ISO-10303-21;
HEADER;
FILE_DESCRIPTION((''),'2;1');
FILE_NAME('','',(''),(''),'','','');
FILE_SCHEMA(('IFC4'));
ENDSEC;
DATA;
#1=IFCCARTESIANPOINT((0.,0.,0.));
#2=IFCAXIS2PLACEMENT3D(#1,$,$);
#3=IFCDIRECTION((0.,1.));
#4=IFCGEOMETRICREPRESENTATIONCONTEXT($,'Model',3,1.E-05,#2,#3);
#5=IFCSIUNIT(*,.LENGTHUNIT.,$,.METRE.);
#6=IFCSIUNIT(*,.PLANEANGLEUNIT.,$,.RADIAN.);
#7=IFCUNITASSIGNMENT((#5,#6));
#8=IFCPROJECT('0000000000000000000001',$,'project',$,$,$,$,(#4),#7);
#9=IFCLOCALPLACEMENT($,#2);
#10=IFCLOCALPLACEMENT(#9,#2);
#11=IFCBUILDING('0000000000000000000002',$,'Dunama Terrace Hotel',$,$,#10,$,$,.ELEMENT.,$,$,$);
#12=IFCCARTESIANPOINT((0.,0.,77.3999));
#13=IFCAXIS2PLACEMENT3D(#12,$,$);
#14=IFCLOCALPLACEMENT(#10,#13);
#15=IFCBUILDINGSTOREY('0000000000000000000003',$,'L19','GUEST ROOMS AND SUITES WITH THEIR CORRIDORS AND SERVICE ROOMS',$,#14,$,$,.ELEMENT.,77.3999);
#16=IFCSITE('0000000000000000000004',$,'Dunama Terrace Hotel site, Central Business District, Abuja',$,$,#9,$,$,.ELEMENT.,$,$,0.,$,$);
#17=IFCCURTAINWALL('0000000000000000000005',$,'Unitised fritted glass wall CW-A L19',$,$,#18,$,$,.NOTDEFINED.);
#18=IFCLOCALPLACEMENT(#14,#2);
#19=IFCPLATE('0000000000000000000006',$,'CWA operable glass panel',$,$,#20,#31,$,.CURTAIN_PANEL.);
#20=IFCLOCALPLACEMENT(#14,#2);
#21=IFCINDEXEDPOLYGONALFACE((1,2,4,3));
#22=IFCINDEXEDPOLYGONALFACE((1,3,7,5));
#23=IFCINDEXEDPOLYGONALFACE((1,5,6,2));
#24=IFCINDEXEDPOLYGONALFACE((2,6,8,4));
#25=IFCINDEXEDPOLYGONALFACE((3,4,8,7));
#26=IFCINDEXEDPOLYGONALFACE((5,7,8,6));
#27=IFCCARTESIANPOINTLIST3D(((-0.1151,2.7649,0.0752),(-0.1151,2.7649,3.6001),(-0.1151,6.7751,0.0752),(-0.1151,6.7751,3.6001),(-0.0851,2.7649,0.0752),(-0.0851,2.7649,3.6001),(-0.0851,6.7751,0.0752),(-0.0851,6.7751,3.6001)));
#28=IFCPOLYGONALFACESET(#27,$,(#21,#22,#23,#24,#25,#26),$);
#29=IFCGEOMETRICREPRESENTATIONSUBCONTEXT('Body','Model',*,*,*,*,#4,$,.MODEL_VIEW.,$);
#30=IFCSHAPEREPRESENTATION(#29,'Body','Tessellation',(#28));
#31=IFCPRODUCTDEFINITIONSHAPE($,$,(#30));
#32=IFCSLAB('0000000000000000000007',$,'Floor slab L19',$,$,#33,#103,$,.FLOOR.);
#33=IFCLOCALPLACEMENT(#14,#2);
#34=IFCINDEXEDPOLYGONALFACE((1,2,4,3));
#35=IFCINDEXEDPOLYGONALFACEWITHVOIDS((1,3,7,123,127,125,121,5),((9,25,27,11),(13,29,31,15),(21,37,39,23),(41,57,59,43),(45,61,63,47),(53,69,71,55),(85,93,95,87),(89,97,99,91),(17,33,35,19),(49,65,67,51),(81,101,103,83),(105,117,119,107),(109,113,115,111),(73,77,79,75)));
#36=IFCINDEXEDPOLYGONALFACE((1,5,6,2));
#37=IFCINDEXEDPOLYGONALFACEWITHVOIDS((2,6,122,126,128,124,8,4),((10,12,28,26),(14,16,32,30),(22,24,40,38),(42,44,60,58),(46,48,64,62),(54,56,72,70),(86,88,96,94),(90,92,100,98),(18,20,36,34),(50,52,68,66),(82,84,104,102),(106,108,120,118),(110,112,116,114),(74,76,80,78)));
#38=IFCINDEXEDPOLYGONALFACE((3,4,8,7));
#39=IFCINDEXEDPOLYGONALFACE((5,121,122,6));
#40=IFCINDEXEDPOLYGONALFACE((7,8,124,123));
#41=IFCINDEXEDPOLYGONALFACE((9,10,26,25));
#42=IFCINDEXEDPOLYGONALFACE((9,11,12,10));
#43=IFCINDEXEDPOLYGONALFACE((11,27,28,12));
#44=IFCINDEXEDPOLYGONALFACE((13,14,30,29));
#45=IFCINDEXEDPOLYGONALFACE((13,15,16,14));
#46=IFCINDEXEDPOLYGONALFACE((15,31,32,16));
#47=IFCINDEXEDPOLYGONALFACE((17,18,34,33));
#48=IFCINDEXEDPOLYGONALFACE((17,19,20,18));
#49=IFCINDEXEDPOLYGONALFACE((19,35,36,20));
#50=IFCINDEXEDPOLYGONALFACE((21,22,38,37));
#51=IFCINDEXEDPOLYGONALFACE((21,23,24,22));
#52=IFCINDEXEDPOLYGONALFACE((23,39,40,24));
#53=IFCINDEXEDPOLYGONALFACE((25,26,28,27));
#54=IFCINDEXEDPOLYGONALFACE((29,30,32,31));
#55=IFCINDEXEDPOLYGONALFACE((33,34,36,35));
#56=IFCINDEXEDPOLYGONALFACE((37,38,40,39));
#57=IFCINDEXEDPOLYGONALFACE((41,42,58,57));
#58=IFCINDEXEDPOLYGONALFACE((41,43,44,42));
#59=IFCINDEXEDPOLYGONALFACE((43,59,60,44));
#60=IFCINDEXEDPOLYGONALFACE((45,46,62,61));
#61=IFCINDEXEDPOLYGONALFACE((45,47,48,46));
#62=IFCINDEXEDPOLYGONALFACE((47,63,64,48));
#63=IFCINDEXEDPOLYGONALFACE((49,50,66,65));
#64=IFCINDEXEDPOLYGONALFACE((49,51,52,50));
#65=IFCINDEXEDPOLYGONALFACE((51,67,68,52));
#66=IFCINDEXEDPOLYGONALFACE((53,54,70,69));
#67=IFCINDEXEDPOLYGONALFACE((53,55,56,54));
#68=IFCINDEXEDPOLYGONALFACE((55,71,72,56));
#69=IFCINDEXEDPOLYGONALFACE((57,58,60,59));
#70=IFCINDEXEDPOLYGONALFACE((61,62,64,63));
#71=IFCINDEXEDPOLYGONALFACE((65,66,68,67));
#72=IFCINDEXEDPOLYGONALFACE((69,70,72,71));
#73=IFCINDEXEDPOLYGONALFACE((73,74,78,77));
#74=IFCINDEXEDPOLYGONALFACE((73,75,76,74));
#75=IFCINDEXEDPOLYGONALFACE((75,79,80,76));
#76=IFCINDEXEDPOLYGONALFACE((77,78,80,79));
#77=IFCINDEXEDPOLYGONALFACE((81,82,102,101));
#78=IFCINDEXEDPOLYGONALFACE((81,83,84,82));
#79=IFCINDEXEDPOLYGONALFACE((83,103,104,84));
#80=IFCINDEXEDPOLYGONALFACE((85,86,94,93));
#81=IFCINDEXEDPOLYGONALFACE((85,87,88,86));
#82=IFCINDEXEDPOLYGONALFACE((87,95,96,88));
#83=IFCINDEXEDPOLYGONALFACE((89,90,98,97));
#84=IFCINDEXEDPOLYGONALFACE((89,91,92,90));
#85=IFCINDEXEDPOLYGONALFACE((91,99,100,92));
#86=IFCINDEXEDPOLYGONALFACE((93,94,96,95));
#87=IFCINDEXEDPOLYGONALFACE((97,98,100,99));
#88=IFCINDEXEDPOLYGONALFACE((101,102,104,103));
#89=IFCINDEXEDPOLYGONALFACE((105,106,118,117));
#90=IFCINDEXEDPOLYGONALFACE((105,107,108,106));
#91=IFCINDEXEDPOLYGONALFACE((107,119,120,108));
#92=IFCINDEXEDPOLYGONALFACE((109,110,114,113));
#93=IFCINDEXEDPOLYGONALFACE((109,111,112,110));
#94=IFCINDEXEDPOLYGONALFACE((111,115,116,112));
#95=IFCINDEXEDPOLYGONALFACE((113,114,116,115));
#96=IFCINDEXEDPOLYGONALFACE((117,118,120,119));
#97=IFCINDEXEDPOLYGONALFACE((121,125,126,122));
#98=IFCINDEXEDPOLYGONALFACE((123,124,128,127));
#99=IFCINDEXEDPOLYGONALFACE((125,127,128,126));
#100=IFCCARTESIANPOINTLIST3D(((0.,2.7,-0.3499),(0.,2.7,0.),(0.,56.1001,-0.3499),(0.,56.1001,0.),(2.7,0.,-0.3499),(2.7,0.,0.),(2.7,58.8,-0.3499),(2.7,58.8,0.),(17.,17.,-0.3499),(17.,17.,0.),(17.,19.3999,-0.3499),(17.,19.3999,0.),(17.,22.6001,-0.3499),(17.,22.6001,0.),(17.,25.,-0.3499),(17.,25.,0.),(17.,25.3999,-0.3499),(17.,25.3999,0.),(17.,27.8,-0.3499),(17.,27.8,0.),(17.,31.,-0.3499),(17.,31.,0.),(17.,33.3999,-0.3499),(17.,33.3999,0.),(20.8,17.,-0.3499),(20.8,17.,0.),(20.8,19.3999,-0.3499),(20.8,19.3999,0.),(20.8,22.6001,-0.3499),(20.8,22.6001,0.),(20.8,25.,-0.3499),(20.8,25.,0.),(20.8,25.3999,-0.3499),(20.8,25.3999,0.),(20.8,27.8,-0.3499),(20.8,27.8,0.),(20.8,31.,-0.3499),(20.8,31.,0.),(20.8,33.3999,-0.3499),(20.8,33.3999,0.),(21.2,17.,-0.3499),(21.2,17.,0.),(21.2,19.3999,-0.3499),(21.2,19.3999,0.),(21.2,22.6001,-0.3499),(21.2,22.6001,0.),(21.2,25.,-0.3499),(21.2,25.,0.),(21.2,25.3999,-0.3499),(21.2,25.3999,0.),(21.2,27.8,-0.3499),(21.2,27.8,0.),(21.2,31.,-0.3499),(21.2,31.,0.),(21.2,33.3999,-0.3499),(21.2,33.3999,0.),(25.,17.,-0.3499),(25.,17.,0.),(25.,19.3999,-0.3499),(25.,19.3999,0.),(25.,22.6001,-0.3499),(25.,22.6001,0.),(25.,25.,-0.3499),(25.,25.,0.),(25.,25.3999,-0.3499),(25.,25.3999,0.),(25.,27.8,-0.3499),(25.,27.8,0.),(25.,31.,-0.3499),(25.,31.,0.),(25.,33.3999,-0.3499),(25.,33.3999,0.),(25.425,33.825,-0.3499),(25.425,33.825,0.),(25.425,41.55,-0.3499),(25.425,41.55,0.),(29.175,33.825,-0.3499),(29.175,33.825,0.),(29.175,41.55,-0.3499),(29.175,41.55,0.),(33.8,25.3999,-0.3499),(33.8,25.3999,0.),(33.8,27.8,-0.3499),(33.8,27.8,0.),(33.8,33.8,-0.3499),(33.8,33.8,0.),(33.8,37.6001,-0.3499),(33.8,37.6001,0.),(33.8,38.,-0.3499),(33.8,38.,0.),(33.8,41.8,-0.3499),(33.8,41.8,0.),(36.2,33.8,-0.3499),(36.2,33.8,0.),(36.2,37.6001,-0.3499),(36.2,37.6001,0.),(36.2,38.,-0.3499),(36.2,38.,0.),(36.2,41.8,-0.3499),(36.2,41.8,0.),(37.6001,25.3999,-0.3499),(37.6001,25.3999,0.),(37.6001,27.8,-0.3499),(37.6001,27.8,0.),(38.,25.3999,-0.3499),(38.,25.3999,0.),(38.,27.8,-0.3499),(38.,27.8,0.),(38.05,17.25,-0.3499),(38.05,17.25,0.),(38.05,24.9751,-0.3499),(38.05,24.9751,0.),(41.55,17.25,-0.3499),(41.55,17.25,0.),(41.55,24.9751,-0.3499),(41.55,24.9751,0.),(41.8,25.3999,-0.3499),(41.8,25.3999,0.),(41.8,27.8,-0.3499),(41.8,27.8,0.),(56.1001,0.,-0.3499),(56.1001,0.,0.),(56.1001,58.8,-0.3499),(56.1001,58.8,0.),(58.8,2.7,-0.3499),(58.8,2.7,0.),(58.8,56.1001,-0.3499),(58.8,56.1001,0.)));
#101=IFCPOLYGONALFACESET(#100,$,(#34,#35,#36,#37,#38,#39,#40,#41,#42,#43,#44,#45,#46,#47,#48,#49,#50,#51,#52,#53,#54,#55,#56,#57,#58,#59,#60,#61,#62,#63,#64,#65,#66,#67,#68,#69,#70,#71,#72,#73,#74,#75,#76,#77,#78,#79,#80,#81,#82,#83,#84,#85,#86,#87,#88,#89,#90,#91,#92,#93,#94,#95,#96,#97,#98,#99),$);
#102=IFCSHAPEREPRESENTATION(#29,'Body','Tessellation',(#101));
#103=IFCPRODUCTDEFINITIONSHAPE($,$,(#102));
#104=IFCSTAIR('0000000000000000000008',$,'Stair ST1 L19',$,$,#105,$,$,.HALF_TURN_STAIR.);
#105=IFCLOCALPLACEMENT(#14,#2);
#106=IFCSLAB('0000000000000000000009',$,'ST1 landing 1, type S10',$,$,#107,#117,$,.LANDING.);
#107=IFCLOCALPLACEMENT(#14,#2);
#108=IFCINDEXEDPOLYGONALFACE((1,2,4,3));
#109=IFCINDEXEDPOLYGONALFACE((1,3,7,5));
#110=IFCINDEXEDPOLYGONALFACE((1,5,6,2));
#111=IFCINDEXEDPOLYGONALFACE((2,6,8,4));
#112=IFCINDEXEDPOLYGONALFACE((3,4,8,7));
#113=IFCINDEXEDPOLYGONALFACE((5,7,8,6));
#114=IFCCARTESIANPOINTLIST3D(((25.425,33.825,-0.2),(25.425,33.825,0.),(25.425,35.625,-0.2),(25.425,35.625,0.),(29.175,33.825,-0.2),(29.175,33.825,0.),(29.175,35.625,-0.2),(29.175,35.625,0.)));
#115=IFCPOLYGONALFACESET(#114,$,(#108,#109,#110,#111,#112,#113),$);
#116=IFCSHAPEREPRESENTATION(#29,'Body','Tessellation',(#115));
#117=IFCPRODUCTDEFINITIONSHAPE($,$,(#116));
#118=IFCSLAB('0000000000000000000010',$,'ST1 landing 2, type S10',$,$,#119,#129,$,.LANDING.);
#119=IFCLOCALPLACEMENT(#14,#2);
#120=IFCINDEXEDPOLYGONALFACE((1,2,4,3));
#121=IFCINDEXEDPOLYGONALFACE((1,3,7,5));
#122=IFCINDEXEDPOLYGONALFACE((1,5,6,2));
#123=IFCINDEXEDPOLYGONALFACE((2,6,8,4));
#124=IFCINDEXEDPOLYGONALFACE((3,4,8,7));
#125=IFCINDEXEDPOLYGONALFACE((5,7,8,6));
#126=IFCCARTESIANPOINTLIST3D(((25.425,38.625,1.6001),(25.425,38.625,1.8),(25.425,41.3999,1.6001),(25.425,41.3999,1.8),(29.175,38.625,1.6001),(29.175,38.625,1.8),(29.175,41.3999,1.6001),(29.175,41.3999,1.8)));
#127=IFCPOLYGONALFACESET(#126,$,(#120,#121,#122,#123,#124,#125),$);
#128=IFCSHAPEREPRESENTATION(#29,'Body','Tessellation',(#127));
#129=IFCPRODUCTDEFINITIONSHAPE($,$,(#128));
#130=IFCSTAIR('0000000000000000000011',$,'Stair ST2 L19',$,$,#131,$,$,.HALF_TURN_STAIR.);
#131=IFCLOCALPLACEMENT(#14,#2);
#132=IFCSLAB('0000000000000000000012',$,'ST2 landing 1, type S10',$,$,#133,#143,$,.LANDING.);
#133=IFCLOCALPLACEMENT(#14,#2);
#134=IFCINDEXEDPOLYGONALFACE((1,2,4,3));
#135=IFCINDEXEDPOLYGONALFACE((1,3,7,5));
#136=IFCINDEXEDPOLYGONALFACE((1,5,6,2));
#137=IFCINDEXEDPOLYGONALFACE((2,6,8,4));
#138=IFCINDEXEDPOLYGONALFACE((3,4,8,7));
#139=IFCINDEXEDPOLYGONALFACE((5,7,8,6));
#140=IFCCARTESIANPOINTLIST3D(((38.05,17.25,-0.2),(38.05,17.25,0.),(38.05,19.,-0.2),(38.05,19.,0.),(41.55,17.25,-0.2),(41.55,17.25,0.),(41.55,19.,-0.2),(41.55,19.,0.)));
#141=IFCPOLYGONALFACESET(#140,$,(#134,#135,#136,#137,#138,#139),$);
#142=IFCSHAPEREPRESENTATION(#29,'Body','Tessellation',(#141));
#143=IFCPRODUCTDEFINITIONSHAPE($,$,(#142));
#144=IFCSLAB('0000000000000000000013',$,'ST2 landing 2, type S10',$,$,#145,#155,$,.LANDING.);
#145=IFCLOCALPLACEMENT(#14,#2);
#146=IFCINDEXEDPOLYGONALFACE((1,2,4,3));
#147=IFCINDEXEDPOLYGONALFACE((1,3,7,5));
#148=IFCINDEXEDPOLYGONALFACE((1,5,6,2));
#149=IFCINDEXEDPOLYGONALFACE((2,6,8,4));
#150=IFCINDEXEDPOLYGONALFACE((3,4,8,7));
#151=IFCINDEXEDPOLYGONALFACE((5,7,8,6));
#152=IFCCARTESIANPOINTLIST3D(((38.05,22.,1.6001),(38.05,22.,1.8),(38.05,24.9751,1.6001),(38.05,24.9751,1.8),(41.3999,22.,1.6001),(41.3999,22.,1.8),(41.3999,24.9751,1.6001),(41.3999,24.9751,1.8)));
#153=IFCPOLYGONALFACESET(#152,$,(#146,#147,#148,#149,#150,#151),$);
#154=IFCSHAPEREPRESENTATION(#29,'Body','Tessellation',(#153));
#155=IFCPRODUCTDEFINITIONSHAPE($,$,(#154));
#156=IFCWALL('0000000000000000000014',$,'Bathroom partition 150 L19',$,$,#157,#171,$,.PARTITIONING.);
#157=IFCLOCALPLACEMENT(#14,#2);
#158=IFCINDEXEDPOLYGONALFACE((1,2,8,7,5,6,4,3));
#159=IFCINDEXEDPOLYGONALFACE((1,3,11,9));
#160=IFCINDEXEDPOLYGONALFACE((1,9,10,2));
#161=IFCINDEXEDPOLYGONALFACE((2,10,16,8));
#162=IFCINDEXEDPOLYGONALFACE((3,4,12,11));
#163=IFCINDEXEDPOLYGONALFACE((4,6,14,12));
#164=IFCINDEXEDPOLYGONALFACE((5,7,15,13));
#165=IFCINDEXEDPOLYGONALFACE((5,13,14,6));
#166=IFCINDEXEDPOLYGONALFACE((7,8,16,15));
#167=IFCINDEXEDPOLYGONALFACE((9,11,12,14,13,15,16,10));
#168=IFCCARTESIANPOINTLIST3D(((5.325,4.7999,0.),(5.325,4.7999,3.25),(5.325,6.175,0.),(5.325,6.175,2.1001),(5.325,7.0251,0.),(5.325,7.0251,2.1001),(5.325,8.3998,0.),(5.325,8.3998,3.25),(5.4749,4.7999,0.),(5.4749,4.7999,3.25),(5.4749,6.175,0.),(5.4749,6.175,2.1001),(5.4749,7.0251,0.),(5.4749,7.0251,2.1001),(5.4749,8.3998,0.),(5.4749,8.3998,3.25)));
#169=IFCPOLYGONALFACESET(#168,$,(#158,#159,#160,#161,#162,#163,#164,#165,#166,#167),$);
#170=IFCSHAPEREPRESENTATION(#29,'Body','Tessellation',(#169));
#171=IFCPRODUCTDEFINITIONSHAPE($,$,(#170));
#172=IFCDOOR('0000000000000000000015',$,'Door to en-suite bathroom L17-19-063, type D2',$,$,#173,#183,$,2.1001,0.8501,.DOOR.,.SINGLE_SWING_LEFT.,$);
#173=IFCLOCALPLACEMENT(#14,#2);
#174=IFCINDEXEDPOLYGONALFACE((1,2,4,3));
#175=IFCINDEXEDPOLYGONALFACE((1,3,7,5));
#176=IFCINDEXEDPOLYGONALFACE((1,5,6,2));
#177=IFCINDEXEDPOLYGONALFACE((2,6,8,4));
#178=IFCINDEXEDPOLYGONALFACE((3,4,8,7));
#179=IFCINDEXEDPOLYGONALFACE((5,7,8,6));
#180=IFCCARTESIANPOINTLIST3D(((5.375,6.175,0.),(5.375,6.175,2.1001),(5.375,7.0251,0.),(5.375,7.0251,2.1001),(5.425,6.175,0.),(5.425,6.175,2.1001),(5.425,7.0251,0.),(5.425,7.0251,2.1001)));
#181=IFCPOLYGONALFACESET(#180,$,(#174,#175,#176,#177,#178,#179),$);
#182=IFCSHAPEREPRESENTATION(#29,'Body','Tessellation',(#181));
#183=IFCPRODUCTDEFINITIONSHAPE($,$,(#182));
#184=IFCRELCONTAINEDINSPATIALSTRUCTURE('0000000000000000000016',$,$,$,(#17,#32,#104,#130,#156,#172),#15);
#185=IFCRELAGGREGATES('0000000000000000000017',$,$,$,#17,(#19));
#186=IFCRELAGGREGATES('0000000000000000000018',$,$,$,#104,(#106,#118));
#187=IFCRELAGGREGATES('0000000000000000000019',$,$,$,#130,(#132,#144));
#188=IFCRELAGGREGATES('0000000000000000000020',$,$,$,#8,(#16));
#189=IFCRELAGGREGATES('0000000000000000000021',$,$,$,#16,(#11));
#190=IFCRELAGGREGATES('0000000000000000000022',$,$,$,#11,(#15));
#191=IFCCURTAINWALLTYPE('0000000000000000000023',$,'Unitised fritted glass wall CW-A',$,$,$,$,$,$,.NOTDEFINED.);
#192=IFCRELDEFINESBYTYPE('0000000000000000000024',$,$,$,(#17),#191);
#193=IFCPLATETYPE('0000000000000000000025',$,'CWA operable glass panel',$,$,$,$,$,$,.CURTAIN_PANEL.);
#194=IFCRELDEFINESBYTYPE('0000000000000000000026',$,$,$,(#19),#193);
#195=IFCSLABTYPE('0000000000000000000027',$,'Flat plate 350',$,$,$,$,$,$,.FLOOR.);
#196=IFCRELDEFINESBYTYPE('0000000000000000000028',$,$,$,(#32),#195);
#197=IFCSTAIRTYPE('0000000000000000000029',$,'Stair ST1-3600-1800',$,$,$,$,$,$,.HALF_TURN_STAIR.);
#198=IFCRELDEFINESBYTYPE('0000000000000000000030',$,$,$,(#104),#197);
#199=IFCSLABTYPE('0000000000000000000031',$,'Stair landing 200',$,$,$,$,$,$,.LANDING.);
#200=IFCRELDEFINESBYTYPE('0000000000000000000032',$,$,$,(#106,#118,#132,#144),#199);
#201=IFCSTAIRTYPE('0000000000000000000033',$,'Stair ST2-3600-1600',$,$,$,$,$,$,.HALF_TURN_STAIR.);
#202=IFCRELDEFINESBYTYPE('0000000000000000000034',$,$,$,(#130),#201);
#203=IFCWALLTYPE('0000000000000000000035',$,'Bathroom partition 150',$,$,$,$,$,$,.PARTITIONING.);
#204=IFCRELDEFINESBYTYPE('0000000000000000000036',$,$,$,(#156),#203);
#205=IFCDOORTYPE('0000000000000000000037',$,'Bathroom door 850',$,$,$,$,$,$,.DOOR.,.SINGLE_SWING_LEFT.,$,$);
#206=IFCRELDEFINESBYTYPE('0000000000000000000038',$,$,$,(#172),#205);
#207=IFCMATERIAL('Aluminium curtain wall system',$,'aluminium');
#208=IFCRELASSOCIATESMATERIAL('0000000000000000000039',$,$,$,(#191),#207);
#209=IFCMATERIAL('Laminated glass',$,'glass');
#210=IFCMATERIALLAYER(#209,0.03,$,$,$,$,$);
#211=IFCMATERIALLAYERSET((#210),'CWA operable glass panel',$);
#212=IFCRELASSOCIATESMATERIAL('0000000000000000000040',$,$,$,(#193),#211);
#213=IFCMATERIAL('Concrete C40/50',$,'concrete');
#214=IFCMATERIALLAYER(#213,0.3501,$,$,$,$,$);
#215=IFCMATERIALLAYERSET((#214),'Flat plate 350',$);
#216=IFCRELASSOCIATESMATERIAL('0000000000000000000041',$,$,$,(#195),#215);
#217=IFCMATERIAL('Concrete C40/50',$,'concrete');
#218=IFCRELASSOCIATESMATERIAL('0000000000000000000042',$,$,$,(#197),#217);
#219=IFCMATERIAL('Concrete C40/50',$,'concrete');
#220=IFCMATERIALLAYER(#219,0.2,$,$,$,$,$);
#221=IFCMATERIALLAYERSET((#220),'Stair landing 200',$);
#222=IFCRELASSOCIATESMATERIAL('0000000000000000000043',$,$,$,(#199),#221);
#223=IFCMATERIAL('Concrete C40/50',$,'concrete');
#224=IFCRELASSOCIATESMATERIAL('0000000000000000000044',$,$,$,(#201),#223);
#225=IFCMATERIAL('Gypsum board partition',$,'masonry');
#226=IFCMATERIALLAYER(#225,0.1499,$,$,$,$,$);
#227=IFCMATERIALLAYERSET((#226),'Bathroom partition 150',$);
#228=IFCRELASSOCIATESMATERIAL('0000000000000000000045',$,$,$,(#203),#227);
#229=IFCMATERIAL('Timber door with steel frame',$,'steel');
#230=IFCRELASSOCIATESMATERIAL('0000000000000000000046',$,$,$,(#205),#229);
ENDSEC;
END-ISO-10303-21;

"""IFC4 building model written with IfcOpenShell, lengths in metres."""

from ifc_helpers import new_model, si_unit, direction, frame, frame_2d, origin, origin_2d, place, context, subcontext, project, spatial, polyline, rectangle, outline, extrude, material, layer, layer_set, type_object, element, fill, aggregate, save


model = new_model("IFC4")

# Units and contexts
model_context = context("Model", 3, precision=1e-05, world=origin(), true_north=direction((0.0, 1.0)))
body_context = subcontext(model_context, "Body", "Model", "MODEL_VIEW")
ifc_project = project(units=[si_unit("LENGTHUNIT", "METRE"), si_unit("PLANEANGLEUNIT", "RADIAN")], contexts=[model_context])

# Site, building, storey
site_placement = place(None, origin())
site = spatial("IfcSite", under=ifc_project, at=site_placement, Name="Dunama Terrace Hotel site, Central Business District, Abuja", CompositionType="ELEMENT", RefElevation=0.0)
building_placement = place(site_placement, origin())
building = spatial("IfcBuilding", under=site, at=building_placement, Name="Dunama Terrace Hotel", CompositionType="ELEMENT")
storey_placement = place(building_placement, frame((0.0, 0.0, 77.3999)))
storey = spatial("IfcBuildingStorey", under=building, at=storey_placement, Name="L19", Description="GUEST ROOMS AND SUITES WITH THEIR CORRIDORS AND SERVICE ROOMS", CompositionType="ELEMENT", Elevation=77.3999)

# Curtain wall
ifc_material_1 = material(Name="Aluminium curtain wall system", Category="aluminium")
curtain_wall_type = type_object("IfcCurtainWallType", Name="Unitised fritted glass wall CW-A", PredefinedType="NOTDEFINED", material=ifc_material_1)
curtain_wall_1_placement = place(storey_placement, origin())
curtain_wall_1 = element("IfcCurtainWall", 1, at=curtain_wall_1_placement, inside=storey, type_object=curtain_wall_type, Name="Unitised fritted glass wall CW-A L19", PredefinedType="NOTDEFINED")

# Plate
ifc_material_2 = material(Name="Laminated glass", Category="glass")
ifc_layer_1 = layer(ifc_material_2, 0.03)
ifc_layer_set_1 = layer_set([ifc_layer_1], Name="CWA operable glass panel")
plate_type_1 = type_object("IfcPlateType", Name="CWA operable glass panel", PredefinedType="CURTAIN_PANEL", material=ifc_layer_set_1)
plate_1_placement = place(storey_placement, frame((-0.1001, 4.77, 0.0752), z_axis=(0.0, 0.0, 1.0), x_axis=(0.0, -1.0, 0.0)))
plate_1 = element("IfcPlate", 2, at=plate_1_placement, type_object=plate_type_1, Name="CWA operable glass panel", PredefinedType="CURTAIN_PANEL", context=body_context, shape_type="SweptSolid", body=[
    extrude(rectangle(XDim=4.0103, YDim=0.03, at=origin_2d()), origin(), (0.0, 0.0, 1.0), 3.5249),
])
aggregate(curtain_wall_1, [plate_1])

# Slab
ifc_material_3 = material(Name="Concrete C40/50", Category="concrete")
ifc_layer_2 = layer(ifc_material_3, 0.3501)
ifc_layer_set_2 = layer_set([ifc_layer_2], Name="Flat plate 350")
slab_type_1 = type_object("IfcSlabType", Name="Flat plate 350", PredefinedType="FLOOR", material=ifc_layer_set_2)
slab_1_placement = place(storey_placement, frame((0.0, 0.0, -0.3499)))
element("IfcSlab", 3, at=slab_1_placement, inside=storey, type_object=slab_type_1, Name="Floor slab L19", PredefinedType="FLOOR", context=body_context, shape_type="SweptSolid", body=[
    extrude(outline(polyline([(2.7, 0.0), (56.1001, 0.0), (58.8, 2.7), (58.8, 56.1001), (56.1001, 58.8), (2.7, 58.8), (0.0, 56.1001), (0.0, 2.7), (2.7, 0.0)]), holes=[polyline([(20.8, 25.3999), (20.8, 27.8), (17.0, 27.8), (17.0, 25.3999), (20.8, 25.3999)]), polyline([(25.0, 25.3999), (25.0, 27.8), (21.2, 27.8), (21.2, 25.3999), (25.0, 25.3999)]), polyline([(20.8, 31.0), (20.8, 33.3999), (17.0, 33.3999), (17.0, 31.0), (20.8, 31.0)]), polyline([(25.0, 31.0), (25.0, 33.3999), (21.2, 33.3999), (21.2, 31.0), (25.0, 31.0)]), polyline([(37.6001, 25.3999), (37.6001, 27.8), (33.8, 27.8), (33.8, 25.3999), (37.6001, 25.3999)]), polyline([(41.8, 25.3999), (41.8, 27.8), (38.0, 27.8), (38.0, 25.3999), (41.8, 25.3999)]), polyline([(20.8, 17.0), (20.8, 19.3999), (17.0, 19.3999), (17.0, 17.0), (20.8, 17.0)]), polyline([(25.0, 17.0), (25.0, 19.3999), (21.2, 19.3999), (21.2, 17.0), (25.0, 17.0)]), polyline([(20.8, 22.6001), (20.8, 25.0), (17.0, 25.0), (17.0, 22.6001), (20.8, 22.6001)]), polyline([(25.0, 22.6001), (25.0, 25.0), (21.2, 25.0), (21.2, 22.6001), (25.0, 22.6001)]), polyline([(36.2, 38.0), (36.2, 41.8), (33.8, 41.8), (33.8, 38.0), (36.2, 38.0)]), polyline([(36.2, 33.8), (36.2, 37.6001), (33.8, 37.6001), (33.8, 33.8), (36.2, 33.8)]), polyline([(29.175, 33.825), (29.175, 41.55), (25.425, 41.55), (25.425, 33.825), (29.175, 33.825)]), polyline([(41.55, 17.25), (41.55, 24.9751), (38.05, 24.9751), (38.05, 17.25), (41.55, 17.25)])]), origin(), (0.0, 0.0, 1.0), 0.3499),
])

# Stairs, slabs
ifc_material_4 = material(Name="Concrete C40/50", Category="concrete")
stair_type_1 = type_object("IfcStairType", Name="Stair ST1-3600-1800", PredefinedType="HALF_TURN_STAIR", material=ifc_material_4)
stair_1_placement = place(storey_placement, origin())
stair_1 = element("IfcStair", 4, at=stair_1_placement, inside=storey, type_object=stair_type_1, Name="Stair ST1 L19", PredefinedType="HALF_TURN_STAIR")
ifc_material_5 = material(Name="Concrete C40/50", Category="concrete")
ifc_layer_3 = layer(ifc_material_5, 0.2)
ifc_layer_set_3 = layer_set([ifc_layer_3], Name="Stair landing 200")
slab_type_2 = type_object("IfcSlabType", Name="Stair landing 200", PredefinedType="LANDING", material=ifc_layer_set_3)
slab_2_placement = place(storey_placement, frame((0.0, 0.0, -0.2)))
slab_2 = element("IfcSlab", 5, at=slab_2_placement, type_object=slab_type_2, Name="ST1 landing 1, type S10", PredefinedType="LANDING", context=body_context, shape_type="SweptSolid", body=[
    extrude(outline(polyline([(25.425, 33.825), (29.175, 33.825), (29.175, 35.625), (25.425, 35.625), (25.425, 33.825)])), origin(), (0.0, 0.0, 1.0), 0.2),
])
slab_3_placement = place(storey_placement, frame((0.0, 0.0, 1.6001)))
slab_3 = element("IfcSlab", 6, at=slab_3_placement, type_object=slab_type_2, Name="ST1 landing 2, type S10", PredefinedType="LANDING", context=body_context, shape_type="SweptSolid", body=[
    extrude(outline(polyline([(25.425, 38.625), (29.175, 38.625), (29.175, 41.3999), (25.425, 41.3999), (25.425, 38.625)])), origin(), (0.0, 0.0, 1.0), 0.2),
])
aggregate(stair_1, [slab_2, slab_3])
ifc_material_6 = material(Name="Concrete C40/50", Category="concrete")
stair_type_2 = type_object("IfcStairType", Name="Stair ST2-3600-1600", PredefinedType="HALF_TURN_STAIR", material=ifc_material_6)
stair_2_placement = place(storey_placement, origin())
stair_2 = element("IfcStair", 7, at=stair_2_placement, inside=storey, type_object=stair_type_2, Name="Stair ST2 L19", PredefinedType="HALF_TURN_STAIR")
slab_4_placement = place(storey_placement, frame((0.0, 0.0, -0.2)))
slab_4 = element("IfcSlab", 8, at=slab_4_placement, type_object=slab_type_2, Name="ST2 landing 1, type S10", PredefinedType="LANDING", context=body_context, shape_type="SweptSolid", body=[
    extrude(outline(polyline([(38.05, 17.25), (41.55, 17.25), (41.55, 19.0), (38.05, 19.0), (38.05, 17.25)])), origin(), (0.0, 0.0, 1.0), 0.2),
])
slab_5_placement = place(storey_placement, frame((0.0, 0.0, 1.6001)))
slab_5 = element("IfcSlab", 9, at=slab_5_placement, type_object=slab_type_2, Name="ST2 landing 2, type S10", PredefinedType="LANDING", context=body_context, shape_type="SweptSolid", body=[
    extrude(outline(polyline([(38.05, 22.0), (41.3999, 22.0), (41.3999, 24.9751), (38.05, 24.9751), (38.05, 22.0)])), origin(), (0.0, 0.0, 1.0), 0.2),
])
aggregate(stair_2, [slab_4, slab_5])

# Wall, opening, door
ifc_material_7 = material(Name="Gypsum board partition", Category="masonry")
ifc_layer_4 = layer(ifc_material_7, 0.1499)
ifc_layer_set_4 = layer_set([ifc_layer_4], Name="Bathroom partition 150")
wall_type_1 = type_object("IfcWallType", Name="Bathroom partition 150", PredefinedType="PARTITIONING", material=ifc_layer_set_4)
wall_1_placement = place(storey_placement, frame((5.3999, 4.8, 0.0), z_axis=(0.0, 0.0, 1.0), x_axis=(0.0, 1.0, 0.0)))
wall_1 = element("IfcWall", 10, at=wall_1_placement, inside=storey, type_object=wall_type_1, Name="Bathroom partition 150 L19", PredefinedType="PARTITIONING", context=body_context, shape_type="SweptSolid", body=[
    extrude(rectangle(XDim=3.5999, YDim=0.1499, at=frame_2d((1.7998, 0.0))), origin(), (0.0, 0.0, 1.0), 3.25),
])
opening_1_placement = place(wall_1_placement, frame((1.375, 0.0, 0.0)))
opening_1 = element("IfcOpeningElement", 11, at=opening_1_placement, cuts=wall_1, PredefinedType="OPENING", context=body_context, shape_type="SweptSolid", body=[
    extrude(rectangle(XDim=0.8501, YDim=2.1001, at=frame_2d((0.425, 1.05))), frame((0.0, 0.085, 0.0), z_axis=(0.0, -1.0, 0.0), x_axis=(1.0, 0.0, 0.0)), (0.0, 0.0, 1.0), 0.1699),
])
ifc_material_8 = material(Name="Timber door with steel frame", Category="steel")
door_type_1 = type_object("IfcDoorType", Name="Bathroom door 850", OperationType="SINGLE_SWING_LEFT", PredefinedType="DOOR", material=ifc_material_8)
door_1_placement = place(opening_1_placement, frame((0.8501, 0.0, 0.0), z_axis=(0.0, 0.0, 1.0), x_axis=(-1.0, 0.0, 0.0)))
door_1 = element("IfcDoor", 12, at=door_1_placement, inside=storey, type_object=door_type_1, Name="Door to en-suite bathroom L17-19-063, type D2", OperationType="SINGLE_SWING_LEFT", OverallHeight=2.1001, OverallWidth=0.8501, PredefinedType="DOOR", context=body_context, shape_type="SweptSolid", body=[
    extrude(rectangle(XDim=0.8501, YDim=2.1001, at=frame_2d((0.425, 1.05))), frame((0.0, 0.0251, 0.0), z_axis=(0.0, -1.0, 0.0), x_axis=(1.0, 0.0, 0.0)), (0.0, 0.0, 1.0), 0.05),
])
fill(opening_1, door_1)

save(model, "model.ifc")
